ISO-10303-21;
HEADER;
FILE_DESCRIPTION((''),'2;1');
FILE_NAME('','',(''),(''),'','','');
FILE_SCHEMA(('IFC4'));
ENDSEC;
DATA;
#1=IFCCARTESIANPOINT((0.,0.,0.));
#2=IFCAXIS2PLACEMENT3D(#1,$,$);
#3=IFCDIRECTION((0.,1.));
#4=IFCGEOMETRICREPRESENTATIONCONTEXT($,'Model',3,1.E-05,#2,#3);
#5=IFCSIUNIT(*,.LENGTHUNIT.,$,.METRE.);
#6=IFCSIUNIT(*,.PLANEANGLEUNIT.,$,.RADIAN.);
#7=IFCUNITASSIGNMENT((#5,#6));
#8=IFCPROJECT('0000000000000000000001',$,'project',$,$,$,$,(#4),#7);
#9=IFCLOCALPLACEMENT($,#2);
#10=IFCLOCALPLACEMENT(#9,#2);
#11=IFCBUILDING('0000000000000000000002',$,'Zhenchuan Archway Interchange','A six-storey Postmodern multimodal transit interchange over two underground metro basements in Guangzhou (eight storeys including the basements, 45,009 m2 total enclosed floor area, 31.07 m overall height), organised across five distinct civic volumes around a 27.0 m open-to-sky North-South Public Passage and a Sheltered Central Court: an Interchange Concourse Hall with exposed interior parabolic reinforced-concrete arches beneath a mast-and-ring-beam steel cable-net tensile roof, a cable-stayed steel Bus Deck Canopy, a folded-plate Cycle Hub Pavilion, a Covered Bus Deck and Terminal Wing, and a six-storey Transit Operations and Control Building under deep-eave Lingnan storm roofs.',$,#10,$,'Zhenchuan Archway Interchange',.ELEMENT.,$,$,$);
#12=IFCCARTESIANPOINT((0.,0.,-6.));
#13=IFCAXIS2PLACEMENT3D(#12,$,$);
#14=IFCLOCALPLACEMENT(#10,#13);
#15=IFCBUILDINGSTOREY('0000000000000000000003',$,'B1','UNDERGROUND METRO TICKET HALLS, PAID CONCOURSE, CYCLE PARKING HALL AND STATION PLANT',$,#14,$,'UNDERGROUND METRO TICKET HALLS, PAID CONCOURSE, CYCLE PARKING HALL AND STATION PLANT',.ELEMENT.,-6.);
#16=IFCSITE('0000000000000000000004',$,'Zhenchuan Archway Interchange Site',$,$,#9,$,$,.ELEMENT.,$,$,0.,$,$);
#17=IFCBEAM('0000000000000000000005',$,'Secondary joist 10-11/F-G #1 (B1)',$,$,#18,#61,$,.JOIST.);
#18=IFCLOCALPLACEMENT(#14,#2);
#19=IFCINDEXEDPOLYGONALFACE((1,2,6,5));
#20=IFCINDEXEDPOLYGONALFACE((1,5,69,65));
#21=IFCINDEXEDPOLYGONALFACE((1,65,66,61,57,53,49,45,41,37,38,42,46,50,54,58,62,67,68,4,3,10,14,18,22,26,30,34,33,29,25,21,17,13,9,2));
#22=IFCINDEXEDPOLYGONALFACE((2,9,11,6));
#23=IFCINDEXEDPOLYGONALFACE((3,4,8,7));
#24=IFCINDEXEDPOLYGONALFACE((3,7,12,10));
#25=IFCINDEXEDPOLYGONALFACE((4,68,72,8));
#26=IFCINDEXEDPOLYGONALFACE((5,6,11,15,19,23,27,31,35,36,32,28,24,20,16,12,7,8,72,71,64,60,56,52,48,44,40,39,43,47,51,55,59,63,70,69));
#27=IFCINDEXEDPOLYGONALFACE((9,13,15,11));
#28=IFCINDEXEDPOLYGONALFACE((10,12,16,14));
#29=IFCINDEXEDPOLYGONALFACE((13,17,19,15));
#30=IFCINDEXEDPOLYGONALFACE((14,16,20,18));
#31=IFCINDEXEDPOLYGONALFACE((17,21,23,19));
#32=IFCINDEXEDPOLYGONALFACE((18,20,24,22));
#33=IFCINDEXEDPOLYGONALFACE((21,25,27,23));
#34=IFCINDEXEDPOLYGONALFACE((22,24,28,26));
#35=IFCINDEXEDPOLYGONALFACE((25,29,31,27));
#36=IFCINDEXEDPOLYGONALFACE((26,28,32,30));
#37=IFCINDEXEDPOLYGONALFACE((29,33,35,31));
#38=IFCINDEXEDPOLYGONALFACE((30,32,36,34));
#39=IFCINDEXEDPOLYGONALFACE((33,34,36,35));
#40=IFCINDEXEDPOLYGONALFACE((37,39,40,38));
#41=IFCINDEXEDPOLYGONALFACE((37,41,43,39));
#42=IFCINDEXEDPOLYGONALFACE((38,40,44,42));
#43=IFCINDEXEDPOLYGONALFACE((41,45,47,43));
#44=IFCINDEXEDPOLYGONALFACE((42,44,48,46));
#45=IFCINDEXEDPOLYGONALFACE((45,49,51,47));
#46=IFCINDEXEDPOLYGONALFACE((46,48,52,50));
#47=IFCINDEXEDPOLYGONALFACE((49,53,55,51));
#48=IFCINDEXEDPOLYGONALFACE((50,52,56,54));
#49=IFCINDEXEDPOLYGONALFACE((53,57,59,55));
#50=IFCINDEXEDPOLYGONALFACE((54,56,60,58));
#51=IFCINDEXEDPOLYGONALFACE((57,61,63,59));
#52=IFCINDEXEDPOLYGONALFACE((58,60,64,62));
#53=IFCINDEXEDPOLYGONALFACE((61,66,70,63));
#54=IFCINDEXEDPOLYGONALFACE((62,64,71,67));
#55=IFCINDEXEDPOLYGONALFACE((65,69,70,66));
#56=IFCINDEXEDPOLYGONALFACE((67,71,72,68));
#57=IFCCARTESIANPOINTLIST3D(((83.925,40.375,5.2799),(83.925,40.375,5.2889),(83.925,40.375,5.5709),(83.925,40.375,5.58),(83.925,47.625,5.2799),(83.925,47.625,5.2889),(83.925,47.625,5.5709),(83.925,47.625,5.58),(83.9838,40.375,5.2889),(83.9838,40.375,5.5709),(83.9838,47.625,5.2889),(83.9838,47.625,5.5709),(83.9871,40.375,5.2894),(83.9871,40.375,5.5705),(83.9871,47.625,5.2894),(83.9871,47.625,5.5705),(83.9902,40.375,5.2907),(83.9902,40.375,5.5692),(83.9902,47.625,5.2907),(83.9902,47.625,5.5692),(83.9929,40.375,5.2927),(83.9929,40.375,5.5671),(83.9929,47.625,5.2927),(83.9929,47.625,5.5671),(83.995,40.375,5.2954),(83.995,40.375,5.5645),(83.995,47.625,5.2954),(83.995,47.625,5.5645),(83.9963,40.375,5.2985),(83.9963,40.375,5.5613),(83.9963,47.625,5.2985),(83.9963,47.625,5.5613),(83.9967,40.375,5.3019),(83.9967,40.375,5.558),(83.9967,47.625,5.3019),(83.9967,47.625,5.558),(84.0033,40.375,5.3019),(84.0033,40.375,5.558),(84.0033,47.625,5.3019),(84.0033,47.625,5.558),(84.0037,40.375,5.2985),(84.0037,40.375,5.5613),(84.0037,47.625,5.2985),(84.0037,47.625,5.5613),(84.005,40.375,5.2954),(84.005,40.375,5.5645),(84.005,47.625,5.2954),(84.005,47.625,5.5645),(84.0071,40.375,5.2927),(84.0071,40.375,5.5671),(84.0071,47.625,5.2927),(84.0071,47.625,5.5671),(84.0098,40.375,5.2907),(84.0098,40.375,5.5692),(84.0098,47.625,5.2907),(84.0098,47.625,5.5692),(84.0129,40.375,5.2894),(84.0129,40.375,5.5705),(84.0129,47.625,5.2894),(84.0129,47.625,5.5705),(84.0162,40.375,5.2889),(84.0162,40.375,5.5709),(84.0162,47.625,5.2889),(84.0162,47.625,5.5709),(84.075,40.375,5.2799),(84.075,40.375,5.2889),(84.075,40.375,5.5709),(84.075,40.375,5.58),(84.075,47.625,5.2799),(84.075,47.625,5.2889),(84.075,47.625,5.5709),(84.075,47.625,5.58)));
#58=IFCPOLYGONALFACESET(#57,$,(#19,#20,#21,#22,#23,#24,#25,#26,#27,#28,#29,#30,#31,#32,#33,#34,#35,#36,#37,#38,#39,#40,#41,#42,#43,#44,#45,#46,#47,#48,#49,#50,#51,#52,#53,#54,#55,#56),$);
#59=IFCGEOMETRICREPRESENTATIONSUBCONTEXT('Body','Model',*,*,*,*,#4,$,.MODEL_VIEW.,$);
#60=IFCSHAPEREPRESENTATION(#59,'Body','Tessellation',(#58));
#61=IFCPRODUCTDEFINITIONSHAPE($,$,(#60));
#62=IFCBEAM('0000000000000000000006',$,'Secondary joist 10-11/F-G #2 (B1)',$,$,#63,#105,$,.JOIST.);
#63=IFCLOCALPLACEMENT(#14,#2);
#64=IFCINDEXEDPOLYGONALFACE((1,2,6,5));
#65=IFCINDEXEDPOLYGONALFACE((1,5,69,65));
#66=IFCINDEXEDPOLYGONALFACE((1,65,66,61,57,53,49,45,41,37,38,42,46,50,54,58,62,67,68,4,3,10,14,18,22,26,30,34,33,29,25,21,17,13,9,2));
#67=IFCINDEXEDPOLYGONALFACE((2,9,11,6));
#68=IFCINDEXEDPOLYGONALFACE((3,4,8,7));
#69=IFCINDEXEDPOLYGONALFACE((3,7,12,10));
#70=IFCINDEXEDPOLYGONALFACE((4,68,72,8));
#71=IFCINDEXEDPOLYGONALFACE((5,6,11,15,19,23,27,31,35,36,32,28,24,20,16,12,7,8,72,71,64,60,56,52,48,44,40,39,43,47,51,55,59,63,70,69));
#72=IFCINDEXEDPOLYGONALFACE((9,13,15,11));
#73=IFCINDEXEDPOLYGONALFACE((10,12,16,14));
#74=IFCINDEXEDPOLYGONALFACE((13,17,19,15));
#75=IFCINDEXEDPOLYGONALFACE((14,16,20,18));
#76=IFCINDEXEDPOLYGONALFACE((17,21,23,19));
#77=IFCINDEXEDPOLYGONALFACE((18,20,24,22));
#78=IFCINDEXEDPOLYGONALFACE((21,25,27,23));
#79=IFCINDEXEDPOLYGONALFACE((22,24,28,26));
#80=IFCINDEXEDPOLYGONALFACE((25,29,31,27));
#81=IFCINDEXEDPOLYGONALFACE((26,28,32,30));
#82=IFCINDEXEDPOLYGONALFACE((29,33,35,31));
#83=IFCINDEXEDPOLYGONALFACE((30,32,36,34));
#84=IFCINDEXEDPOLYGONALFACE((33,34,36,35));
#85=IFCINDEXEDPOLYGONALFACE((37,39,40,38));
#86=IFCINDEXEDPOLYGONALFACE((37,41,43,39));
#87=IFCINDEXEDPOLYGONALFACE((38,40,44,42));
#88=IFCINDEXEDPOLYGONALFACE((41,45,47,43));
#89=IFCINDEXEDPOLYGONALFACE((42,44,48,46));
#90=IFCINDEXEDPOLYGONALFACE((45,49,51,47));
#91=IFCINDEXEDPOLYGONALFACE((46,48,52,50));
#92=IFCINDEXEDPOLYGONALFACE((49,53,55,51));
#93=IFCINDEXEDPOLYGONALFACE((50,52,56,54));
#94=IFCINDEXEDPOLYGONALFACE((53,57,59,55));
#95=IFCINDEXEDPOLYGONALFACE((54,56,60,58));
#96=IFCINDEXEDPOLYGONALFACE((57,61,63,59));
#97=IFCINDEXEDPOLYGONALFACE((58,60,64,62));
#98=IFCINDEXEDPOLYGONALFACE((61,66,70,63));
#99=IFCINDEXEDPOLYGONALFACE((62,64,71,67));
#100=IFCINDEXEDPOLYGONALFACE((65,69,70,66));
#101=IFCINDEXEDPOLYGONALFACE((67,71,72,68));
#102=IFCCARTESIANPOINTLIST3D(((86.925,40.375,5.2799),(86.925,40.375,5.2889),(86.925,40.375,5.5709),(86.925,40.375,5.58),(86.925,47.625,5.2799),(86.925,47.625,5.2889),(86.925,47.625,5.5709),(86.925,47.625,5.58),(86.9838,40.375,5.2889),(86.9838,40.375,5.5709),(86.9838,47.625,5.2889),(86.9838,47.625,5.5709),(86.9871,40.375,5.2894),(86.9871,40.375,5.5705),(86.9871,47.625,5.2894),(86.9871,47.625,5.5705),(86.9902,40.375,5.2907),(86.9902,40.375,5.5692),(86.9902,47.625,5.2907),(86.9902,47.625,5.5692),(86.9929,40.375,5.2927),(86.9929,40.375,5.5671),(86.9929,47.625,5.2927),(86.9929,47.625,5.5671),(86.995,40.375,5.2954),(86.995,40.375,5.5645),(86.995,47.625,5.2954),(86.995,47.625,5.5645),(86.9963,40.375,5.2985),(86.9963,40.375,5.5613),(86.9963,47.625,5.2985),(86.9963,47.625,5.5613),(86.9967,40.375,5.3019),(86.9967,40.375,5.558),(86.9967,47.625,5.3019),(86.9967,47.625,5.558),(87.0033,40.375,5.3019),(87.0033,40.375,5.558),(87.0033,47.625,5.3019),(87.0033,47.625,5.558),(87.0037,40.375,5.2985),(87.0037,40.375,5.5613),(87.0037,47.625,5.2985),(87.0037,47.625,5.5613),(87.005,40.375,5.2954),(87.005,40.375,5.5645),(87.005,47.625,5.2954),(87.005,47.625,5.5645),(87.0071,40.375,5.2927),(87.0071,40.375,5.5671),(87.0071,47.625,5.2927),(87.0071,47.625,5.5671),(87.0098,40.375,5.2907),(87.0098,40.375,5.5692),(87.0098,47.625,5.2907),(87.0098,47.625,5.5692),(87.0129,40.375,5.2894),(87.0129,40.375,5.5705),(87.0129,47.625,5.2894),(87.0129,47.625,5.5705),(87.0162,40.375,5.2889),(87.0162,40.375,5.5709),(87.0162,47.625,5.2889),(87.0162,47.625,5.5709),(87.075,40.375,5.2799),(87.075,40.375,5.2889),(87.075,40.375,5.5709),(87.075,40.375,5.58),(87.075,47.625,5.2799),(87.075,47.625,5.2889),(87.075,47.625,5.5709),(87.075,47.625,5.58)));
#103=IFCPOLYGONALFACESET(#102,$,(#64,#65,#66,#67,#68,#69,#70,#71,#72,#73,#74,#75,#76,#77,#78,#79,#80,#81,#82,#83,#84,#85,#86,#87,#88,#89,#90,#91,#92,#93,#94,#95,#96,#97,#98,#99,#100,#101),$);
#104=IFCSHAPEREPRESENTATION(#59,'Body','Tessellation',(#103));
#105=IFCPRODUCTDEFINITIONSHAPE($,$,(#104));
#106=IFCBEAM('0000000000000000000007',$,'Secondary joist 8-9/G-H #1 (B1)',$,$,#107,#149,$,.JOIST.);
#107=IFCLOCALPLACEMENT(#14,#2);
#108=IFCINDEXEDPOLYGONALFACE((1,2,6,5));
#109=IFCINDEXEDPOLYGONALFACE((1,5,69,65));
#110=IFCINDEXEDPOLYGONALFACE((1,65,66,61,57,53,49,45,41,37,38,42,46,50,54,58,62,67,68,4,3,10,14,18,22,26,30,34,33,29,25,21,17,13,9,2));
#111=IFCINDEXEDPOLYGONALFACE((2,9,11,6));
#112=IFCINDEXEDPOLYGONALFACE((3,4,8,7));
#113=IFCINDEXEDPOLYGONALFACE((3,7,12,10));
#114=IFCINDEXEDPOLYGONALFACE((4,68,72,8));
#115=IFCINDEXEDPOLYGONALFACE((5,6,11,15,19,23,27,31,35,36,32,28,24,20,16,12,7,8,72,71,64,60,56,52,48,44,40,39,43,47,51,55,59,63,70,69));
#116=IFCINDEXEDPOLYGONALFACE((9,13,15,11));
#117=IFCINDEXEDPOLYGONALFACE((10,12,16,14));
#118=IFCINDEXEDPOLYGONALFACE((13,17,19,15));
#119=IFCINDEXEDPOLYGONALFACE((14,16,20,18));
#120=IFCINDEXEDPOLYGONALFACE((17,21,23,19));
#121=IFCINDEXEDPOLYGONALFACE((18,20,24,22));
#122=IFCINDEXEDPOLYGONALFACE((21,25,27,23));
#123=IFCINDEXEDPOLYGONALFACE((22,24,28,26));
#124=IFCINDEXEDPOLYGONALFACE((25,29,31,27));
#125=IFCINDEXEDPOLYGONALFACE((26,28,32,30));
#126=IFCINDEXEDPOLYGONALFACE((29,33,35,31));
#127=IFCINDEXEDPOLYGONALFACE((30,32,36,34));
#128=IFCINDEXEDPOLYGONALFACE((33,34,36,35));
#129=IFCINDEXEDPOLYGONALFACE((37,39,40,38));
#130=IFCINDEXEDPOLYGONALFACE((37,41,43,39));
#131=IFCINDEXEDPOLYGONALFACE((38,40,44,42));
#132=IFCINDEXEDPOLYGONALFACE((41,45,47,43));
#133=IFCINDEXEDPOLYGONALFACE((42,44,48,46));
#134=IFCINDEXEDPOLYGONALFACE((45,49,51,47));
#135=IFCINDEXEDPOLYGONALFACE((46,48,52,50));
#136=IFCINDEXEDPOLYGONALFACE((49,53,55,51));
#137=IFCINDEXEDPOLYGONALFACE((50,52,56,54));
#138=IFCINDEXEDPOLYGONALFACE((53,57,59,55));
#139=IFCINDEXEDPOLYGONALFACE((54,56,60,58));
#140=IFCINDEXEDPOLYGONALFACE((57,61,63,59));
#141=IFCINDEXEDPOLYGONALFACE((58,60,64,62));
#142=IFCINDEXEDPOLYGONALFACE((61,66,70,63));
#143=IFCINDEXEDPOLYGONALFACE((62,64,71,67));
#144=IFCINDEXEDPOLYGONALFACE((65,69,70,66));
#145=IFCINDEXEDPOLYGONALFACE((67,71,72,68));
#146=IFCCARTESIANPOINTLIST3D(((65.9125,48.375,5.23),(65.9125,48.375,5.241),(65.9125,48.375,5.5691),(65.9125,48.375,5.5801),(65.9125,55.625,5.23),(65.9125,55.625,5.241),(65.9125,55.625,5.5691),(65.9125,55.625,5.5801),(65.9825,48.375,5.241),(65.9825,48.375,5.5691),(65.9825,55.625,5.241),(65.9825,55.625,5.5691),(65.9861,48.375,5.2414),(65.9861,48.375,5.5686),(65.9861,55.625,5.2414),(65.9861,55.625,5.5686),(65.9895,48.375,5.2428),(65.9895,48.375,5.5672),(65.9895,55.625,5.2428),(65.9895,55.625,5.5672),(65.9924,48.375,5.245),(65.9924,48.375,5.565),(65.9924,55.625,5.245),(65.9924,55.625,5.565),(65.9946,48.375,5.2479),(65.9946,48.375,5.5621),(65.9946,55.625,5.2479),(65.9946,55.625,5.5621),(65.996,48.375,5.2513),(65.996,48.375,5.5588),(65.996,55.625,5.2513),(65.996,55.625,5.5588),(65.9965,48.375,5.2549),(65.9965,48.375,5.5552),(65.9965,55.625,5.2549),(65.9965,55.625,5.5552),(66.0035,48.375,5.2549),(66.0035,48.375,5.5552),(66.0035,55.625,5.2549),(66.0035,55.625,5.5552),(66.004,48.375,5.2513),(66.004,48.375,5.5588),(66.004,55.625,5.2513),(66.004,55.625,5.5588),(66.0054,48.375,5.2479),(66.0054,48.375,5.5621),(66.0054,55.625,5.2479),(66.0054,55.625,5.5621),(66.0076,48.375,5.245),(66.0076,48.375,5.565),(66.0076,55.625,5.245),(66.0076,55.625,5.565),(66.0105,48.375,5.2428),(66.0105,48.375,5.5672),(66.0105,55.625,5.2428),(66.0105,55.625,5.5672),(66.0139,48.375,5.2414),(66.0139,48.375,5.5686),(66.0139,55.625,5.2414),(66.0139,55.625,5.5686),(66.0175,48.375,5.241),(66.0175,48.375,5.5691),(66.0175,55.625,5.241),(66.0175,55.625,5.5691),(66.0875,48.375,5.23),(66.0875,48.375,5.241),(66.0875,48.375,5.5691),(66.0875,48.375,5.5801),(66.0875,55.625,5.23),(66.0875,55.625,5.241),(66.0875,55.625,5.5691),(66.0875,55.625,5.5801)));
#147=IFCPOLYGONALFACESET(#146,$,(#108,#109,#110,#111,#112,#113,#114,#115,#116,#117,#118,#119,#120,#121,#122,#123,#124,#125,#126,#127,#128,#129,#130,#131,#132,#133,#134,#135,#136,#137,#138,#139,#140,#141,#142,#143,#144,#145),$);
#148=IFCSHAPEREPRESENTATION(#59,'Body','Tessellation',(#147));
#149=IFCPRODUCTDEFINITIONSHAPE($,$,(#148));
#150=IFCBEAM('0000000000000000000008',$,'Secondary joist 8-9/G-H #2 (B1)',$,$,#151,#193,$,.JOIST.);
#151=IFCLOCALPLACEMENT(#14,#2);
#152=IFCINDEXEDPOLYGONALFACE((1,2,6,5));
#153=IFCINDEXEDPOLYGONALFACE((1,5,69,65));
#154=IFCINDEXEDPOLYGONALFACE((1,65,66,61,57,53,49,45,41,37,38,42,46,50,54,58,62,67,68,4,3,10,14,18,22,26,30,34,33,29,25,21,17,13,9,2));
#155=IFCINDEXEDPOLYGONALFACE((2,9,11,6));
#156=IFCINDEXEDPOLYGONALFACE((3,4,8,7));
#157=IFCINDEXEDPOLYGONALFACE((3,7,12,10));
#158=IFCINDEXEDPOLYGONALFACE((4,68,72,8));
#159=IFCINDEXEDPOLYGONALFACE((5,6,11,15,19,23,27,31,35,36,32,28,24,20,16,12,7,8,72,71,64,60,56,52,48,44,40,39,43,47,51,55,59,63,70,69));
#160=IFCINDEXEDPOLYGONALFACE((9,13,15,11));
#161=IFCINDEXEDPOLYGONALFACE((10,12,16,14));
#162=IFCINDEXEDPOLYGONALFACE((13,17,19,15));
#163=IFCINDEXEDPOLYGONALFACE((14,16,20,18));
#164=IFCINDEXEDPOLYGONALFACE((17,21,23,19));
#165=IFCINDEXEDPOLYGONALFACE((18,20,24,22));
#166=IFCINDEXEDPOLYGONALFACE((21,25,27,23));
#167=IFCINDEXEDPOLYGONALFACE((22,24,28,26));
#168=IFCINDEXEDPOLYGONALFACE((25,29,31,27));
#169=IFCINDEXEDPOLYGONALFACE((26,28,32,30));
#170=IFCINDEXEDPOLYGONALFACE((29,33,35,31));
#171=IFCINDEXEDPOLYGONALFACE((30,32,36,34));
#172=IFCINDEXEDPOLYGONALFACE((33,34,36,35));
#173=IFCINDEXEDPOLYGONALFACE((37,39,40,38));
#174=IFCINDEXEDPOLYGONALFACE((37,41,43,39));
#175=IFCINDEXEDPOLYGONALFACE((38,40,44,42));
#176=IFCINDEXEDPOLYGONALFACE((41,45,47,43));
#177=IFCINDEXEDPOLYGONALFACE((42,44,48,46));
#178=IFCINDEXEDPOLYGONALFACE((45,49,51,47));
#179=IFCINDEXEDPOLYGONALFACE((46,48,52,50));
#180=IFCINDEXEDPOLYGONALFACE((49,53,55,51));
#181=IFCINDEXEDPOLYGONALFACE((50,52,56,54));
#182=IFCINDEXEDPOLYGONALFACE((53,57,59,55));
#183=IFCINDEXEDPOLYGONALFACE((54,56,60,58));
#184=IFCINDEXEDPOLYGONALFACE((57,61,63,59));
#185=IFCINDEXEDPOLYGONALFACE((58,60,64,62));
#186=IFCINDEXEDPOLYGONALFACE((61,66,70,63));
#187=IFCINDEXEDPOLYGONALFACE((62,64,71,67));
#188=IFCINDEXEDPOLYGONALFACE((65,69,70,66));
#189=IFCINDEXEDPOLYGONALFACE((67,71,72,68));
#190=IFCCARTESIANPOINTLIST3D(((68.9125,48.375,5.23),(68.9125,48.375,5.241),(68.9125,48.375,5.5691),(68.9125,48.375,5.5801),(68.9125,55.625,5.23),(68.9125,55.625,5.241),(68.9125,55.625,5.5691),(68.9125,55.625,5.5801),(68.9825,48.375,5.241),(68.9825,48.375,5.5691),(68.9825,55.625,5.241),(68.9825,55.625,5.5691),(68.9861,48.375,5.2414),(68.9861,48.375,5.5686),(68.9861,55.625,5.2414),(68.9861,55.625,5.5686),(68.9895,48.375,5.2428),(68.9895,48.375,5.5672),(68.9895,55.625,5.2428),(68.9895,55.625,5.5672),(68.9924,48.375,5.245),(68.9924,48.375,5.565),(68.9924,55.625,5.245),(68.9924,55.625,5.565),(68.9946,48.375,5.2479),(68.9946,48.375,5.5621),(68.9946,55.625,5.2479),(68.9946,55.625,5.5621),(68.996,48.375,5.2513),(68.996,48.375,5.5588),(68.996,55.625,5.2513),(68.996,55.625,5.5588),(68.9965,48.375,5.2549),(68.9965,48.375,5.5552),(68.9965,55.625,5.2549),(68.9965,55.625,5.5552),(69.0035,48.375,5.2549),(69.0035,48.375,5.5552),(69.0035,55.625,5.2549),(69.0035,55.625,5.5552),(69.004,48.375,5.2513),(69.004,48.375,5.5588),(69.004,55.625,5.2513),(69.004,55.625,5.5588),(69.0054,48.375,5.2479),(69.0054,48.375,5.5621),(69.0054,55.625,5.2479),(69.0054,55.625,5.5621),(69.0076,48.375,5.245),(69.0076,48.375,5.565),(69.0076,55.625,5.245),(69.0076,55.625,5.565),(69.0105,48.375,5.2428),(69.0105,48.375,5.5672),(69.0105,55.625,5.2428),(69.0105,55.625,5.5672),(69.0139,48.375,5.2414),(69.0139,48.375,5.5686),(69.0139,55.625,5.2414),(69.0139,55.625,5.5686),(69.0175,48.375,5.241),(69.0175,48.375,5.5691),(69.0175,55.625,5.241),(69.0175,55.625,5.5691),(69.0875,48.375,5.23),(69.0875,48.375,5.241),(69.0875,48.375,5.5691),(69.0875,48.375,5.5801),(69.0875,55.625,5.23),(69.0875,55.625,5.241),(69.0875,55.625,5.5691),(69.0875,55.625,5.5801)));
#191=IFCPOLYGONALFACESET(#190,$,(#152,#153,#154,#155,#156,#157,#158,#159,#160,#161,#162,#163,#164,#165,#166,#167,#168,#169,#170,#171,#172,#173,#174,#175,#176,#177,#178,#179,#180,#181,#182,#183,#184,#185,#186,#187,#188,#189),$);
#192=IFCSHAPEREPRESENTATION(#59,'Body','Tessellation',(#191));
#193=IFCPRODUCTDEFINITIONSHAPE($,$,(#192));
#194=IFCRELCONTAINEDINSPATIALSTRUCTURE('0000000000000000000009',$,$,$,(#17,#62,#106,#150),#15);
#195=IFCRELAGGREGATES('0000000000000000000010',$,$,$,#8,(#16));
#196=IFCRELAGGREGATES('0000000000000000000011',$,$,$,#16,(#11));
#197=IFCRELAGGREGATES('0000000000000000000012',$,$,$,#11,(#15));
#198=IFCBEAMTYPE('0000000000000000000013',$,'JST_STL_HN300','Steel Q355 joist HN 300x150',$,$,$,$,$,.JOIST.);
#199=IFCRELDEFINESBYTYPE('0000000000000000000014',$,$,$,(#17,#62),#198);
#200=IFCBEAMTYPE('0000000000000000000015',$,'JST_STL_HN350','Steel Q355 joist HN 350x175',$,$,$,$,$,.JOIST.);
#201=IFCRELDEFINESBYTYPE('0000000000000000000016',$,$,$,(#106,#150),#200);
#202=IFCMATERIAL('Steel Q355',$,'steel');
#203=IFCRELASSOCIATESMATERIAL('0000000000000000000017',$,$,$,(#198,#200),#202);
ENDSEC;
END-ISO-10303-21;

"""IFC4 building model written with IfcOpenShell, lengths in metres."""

from ifc_helpers import new_model, si_unit, direction, frame, origin, origin_2d, place, context, subcontext, project, spatial, i_section, extrude, material, material_profile, profile_set, type_object, element, save


model = new_model("IFC4")

# Units and contexts
model_context = context("Model", 3, precision=1e-05, world=origin(), true_north=direction((0.0, 1.0)))
body_context = subcontext(model_context, "Body", "Model", "MODEL_VIEW")
ifc_project = project(units=[si_unit("LENGTHUNIT", "METRE"), si_unit("PLANEANGLEUNIT", "RADIAN")], contexts=[model_context])

# Site, building, storey
site_placement = place(None, origin())
site = spatial("IfcSite", under=ifc_project, at=site_placement, Name="Zhenchuan Archway Interchange Site", CompositionType="ELEMENT", RefElevation=0.0)
building_placement = place(site_placement, origin())
building = spatial("IfcBuilding", under=site, at=building_placement, Name="Zhenchuan Archway Interchange", Description="A six-storey Postmodern multimodal transit interchange over two underground metro basements in Guangzhou (eight storeys including the basements, 45,009 m2 total enclosed floor area, 31.07 m overall height), organised across five distinct civic volumes around a 27.0 m open-to-sky North-South Public Passage and a Sheltered Central Court: an Interchange Concourse Hall with exposed interior parabolic reinforced-concrete arches beneath a mast-and-ring-beam steel cable-net tensile roof, a cable-stayed steel Bus Deck Canopy, a folded-plate Cycle Hub Pavilion, a Covered Bus Deck and Terminal Wing, and a six-storey Transit Operations and Control Building under deep-eave Lingnan storm roofs.", LongName="Zhenchuan Archway Interchange", CompositionType="ELEMENT")
storey_placement = place(building_placement, frame((0.0, 0.0, -6.0)))
storey = spatial("IfcBuildingStorey", under=building, at=storey_placement, Name="B1", Description="UNDERGROUND METRO TICKET HALLS, PAID CONCOURSE, CYCLE PARKING HALL AND STATION PLANT", LongName="UNDERGROUND METRO TICKET HALLS, PAID CONCOURSE, CYCLE PARKING HALL AND STATION PLANT", CompositionType="ELEMENT", Elevation=-6.0)

# Beams
ifc_material_1 = material(Name="Steel Q355", Category="steel")
ifc_material_profile_1 = material_profile(ifc_material_1, i_section(OverallWidth=0.1499, OverallDepth=0.3, WebThickness=0.0066, FlangeThickness=0.009, FilletRadius=0.0129, at=origin_2d()), Name="HN 300x150")
ifc_profile_set_1 = profile_set([ifc_material_profile_1], Name="Steel Q355")
beam_type_1 = type_object("IfcBeamType", Name="JST_STL_HN300", Description="Steel Q355 joist HN 300x150", PredefinedType="JOIST", material=ifc_profile_set_1)
for number, where, z_axis, x_axis, name in (
    (1, (84.0, 40.375, 5.4299), (0.0, 1.0, 0.0), (-1.0, 0.0, 0.0), "Secondary joist 10-11/F-G #1 (B1)"),
    (2, (87.0, 40.375, 5.4299), (0.0, 1.0, 0.0), (-1.0, 0.0, 0.0), "Secondary joist 10-11/F-G #2 (B1)"),
):
    element("IfcBeam", number, at=place(storey_placement, frame(where, z_axis=z_axis, x_axis=x_axis)), inside=storey, type_object=beam_type_1, Name=name, PredefinedType="JOIST", context=body_context, shape_type="SweptSolid", body=[
        extrude(i_section(OverallWidth=0.1499, OverallDepth=0.3, WebThickness=0.0066, FlangeThickness=0.009, FilletRadius=0.0129, at=origin_2d()), origin(), (0.0, 0.0, 1.0), 7.25),
    ])
ifc_material_profile_2 = material_profile(ifc_material_1, i_section(OverallWidth=0.175, OverallDepth=0.3501, WebThickness=0.0071, FlangeThickness=0.011, FilletRadius=0.0139, at=origin_2d()), Name="HN 350x175")
ifc_profile_set_2 = profile_set([ifc_material_profile_2], Name="Steel Q355")
beam_type_2 = type_object("IfcBeamType", Name="JST_STL_HN350", Description="Steel Q355 joist HN 350x175", PredefinedType="JOIST", material=ifc_profile_set_2)
for number, where, z_axis, x_axis, name in (
    (3, (66.0, 48.375, 5.405), (0.0, 1.0, 0.0), (-1.0, 0.0, 0.0), "Secondary joist 8-9/G-H #1 (B1)"),
    (4, (69.0, 48.375, 5.405), (0.0, 1.0, 0.0), (-1.0, 0.0, 0.0), "Secondary joist 8-9/G-H #2 (B1)"),
):
    element("IfcBeam", number, at=place(storey_placement, frame(where, z_axis=z_axis, x_axis=x_axis)), inside=storey, type_object=beam_type_2, Name=name, PredefinedType="JOIST", context=body_context, shape_type="SweptSolid", body=[
        extrude(i_section(OverallWidth=0.175, OverallDepth=0.3501, WebThickness=0.0071, FlangeThickness=0.011, FilletRadius=0.0139, at=origin_2d()), origin(), (0.0, 0.0, 1.0), 7.25),
    ])

save(model, "model.ifc")
